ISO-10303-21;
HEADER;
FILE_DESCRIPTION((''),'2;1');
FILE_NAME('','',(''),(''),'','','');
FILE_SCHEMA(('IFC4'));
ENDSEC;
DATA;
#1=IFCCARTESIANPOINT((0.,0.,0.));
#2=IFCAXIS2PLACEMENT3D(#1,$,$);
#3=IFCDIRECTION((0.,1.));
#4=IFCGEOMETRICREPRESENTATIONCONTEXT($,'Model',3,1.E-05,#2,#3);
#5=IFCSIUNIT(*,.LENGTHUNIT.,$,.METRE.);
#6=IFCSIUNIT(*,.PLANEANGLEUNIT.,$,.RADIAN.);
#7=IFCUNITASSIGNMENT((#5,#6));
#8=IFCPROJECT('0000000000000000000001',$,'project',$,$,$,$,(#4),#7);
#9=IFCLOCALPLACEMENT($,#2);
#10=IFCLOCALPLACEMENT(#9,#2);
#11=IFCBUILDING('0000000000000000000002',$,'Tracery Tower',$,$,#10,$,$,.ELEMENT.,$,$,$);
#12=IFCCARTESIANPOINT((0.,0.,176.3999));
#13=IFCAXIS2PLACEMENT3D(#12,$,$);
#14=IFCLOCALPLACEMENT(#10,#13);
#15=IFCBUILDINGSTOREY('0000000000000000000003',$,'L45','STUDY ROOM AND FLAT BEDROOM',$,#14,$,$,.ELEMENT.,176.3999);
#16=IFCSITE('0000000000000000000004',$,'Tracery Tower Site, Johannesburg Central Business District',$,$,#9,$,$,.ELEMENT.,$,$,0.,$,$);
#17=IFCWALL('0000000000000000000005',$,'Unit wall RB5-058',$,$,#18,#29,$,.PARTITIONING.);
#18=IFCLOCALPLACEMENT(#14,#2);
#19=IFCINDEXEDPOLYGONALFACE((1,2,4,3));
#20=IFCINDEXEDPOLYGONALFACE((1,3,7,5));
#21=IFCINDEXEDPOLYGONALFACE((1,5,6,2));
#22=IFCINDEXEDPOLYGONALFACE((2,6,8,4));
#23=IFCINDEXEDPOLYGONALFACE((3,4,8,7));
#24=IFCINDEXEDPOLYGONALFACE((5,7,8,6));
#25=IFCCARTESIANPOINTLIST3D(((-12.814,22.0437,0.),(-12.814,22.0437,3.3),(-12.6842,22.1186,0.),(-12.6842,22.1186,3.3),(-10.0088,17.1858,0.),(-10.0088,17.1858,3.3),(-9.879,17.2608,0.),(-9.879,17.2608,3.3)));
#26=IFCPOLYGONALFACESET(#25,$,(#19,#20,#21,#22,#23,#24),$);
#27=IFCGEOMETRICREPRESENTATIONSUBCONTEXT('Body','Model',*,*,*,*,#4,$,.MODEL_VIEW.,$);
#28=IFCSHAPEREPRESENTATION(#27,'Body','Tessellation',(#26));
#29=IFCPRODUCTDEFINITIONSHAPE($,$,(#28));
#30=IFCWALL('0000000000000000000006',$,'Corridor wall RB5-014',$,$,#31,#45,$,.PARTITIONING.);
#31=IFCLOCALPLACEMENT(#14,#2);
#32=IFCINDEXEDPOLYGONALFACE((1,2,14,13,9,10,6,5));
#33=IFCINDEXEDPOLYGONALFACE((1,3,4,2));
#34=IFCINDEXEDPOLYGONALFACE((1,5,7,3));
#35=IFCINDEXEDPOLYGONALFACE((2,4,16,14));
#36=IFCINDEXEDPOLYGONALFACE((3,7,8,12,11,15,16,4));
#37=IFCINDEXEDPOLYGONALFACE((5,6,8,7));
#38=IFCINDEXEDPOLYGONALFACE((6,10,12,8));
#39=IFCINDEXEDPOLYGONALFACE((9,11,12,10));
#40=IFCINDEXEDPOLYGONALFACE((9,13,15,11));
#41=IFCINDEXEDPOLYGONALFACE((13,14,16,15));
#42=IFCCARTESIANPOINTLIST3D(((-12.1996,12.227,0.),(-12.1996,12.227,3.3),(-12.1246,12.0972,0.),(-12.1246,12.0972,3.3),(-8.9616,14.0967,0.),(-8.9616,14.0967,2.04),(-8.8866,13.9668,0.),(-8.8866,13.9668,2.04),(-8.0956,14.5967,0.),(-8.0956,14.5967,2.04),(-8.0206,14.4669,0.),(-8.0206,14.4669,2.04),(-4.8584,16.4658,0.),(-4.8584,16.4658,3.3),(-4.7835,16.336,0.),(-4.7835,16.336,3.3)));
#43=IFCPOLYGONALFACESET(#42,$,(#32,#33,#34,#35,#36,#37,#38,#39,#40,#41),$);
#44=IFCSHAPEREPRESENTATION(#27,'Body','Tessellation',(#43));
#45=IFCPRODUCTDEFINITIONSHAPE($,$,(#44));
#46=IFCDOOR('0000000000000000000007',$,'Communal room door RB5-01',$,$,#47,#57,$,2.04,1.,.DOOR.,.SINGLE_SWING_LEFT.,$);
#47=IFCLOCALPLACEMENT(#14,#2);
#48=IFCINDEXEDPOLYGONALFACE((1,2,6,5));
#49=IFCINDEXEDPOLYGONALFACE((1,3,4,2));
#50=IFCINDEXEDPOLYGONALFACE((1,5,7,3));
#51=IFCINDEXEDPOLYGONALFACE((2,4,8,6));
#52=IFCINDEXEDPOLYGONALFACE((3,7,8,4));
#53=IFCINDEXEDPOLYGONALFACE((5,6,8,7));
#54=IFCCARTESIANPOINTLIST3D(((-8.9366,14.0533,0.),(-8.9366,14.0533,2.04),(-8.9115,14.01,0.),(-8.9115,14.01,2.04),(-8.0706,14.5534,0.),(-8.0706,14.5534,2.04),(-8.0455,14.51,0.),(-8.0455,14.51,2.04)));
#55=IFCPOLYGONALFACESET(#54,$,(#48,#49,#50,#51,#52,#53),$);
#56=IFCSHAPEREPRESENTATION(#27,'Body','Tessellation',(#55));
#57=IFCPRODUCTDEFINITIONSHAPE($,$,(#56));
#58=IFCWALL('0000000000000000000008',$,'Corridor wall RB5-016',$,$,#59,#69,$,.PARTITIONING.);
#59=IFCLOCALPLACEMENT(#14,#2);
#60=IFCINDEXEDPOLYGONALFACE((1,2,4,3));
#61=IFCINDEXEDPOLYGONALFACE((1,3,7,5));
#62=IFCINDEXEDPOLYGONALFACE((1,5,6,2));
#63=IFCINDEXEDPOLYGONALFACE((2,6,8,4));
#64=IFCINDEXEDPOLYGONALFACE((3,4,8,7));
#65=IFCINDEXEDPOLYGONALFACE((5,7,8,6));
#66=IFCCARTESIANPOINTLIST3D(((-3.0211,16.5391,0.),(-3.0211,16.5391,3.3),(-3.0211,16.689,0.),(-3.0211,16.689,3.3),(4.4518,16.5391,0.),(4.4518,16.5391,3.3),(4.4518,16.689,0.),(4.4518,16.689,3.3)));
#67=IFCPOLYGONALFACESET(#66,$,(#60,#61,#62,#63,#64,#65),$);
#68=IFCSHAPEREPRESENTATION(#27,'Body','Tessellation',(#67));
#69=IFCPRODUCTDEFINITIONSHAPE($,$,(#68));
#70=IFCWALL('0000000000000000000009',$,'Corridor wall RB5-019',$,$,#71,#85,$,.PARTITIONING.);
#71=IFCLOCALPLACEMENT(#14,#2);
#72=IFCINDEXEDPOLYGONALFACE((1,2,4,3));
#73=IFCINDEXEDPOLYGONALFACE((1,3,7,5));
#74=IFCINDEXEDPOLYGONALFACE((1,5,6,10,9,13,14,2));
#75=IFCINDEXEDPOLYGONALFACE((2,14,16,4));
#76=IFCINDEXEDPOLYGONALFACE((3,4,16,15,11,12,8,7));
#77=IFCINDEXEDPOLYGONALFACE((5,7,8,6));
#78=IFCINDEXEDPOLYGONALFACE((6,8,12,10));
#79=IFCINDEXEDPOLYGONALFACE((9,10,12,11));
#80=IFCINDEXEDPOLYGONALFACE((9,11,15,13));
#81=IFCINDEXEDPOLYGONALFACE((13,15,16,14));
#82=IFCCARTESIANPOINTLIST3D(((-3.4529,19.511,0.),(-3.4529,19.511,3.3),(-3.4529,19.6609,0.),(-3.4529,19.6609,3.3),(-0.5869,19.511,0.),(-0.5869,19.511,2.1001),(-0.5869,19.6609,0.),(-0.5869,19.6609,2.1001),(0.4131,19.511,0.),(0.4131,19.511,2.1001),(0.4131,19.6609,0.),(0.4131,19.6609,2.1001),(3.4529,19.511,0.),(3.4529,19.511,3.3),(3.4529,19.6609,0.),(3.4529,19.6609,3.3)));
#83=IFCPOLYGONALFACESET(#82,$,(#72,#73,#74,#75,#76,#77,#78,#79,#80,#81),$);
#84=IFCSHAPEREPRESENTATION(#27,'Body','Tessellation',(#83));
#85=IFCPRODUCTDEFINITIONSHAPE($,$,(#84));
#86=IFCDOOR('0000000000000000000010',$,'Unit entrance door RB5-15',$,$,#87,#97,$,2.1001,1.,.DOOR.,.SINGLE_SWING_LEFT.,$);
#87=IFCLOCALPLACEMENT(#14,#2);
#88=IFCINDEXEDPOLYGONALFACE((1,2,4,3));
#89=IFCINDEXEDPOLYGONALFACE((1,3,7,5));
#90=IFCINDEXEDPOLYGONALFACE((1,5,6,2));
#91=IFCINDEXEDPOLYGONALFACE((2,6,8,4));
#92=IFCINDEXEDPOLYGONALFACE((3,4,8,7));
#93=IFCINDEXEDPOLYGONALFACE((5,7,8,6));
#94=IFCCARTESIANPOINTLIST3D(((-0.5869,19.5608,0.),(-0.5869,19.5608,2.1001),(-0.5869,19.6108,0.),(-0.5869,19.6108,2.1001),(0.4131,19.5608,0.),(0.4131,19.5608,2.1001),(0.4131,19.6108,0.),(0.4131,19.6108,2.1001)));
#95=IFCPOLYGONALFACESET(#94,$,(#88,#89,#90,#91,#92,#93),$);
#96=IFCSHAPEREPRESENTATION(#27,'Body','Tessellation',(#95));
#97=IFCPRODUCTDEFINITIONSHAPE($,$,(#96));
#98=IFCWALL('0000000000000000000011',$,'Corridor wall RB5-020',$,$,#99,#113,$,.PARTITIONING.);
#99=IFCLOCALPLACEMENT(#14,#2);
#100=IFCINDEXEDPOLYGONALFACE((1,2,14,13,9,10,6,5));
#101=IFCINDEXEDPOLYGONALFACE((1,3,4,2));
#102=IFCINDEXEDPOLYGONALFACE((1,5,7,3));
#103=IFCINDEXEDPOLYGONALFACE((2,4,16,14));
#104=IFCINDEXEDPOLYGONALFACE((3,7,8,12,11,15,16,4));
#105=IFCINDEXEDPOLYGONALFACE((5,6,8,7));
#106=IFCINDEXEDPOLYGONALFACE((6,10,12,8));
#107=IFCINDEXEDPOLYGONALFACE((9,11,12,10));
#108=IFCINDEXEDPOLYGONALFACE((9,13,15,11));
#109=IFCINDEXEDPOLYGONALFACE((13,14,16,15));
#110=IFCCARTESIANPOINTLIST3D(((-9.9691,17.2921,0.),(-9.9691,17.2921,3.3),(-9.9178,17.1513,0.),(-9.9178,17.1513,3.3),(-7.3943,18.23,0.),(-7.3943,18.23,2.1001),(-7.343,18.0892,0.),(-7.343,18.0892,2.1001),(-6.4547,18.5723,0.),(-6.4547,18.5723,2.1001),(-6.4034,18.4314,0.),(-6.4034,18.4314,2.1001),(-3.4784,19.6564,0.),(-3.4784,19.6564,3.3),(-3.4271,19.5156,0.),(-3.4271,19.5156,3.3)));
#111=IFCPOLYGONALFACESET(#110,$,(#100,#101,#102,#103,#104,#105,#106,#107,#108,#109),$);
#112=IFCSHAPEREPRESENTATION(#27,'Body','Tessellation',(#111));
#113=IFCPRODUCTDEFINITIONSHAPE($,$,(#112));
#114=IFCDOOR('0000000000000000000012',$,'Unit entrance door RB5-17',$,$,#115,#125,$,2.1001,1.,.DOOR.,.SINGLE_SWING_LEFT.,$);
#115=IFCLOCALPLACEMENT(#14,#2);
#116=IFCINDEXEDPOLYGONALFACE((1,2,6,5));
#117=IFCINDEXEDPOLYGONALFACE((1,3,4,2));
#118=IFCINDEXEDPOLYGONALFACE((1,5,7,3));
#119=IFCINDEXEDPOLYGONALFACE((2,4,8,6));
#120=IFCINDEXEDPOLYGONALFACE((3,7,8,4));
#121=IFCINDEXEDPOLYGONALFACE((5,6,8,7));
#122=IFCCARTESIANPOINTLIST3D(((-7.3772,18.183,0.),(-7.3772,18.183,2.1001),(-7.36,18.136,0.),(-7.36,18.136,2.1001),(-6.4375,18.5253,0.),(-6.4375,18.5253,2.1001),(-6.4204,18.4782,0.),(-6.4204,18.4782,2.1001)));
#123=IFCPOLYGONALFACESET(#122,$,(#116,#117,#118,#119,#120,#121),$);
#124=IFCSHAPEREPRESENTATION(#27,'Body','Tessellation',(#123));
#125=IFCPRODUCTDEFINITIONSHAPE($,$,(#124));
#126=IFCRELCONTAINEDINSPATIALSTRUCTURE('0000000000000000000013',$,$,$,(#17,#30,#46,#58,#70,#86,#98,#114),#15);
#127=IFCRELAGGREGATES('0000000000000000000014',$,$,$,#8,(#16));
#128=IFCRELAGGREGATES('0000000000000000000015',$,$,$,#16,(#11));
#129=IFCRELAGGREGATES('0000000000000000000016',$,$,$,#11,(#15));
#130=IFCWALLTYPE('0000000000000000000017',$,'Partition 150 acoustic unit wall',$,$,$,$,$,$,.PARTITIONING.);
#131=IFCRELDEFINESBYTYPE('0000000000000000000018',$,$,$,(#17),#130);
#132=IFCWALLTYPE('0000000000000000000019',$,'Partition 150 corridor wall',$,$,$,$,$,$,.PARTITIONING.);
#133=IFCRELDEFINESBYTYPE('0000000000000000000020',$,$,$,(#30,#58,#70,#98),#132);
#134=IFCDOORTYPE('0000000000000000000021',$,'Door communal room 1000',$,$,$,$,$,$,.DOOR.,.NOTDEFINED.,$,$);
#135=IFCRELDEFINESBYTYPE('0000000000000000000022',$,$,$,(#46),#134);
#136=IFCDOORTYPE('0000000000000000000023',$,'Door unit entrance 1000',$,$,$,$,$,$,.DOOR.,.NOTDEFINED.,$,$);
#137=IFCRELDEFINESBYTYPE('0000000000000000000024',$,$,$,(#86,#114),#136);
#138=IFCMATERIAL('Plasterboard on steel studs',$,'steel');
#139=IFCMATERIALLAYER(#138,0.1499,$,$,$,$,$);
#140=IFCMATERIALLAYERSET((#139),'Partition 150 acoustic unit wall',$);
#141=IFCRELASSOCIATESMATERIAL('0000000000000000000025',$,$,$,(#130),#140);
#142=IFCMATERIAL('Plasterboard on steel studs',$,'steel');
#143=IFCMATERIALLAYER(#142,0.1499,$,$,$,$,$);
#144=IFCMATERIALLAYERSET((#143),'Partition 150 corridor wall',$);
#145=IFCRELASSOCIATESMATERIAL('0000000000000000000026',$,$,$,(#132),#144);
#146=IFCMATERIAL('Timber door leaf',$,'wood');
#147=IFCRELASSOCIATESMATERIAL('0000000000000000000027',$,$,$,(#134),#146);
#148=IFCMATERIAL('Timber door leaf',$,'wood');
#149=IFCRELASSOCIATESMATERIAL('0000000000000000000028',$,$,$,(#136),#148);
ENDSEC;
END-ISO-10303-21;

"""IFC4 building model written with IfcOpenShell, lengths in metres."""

from ifc_helpers import new_model, si_unit, direction, frame, frame_2d, origin, place, context, subcontext, project, spatial, rectangle, extrude, material, layer, layer_set, type_object, element, fill, save


model = new_model("IFC4")

# Units and contexts
model_context = context("Model", 3, precision=1e-05, world=origin(), true_north=direction((0.0, 1.0)))
body_context = subcontext(model_context, "Body", "Model", "MODEL_VIEW")
ifc_project = project(units=[si_unit("LENGTHUNIT", "METRE"), si_unit("PLANEANGLEUNIT", "RADIAN")], contexts=[model_context])

# Site, building, storey
site_placement = place(None, origin())
site = spatial("IfcSite", under=ifc_project, at=site_placement, Name="Tracery Tower Site, Johannesburg Central Business District", CompositionType="ELEMENT", RefElevation=0.0)
building_placement = place(site_placement, origin())
building = spatial("IfcBuilding", under=site, at=building_placement, Name="Tracery Tower", CompositionType="ELEMENT")
storey_placement = place(building_placement, frame((0.0, 0.0, 176.3999)))
storey = spatial("IfcBuildingStorey", under=building, at=storey_placement, Name="L45", Description="STUDY ROOM AND FLAT BEDROOM", CompositionType="ELEMENT", Elevation=176.3999)

# Wall
ifc_material_1 = material(Name="Plasterboard on steel studs", Category="steel")
ifc_layer_1 = layer(ifc_material_1, 0.1499)
ifc_layer_set_1 = layer_set([ifc_layer_1], Name="Partition 150 acoustic unit wall")
wall_type_1 = type_object("IfcWallType", Name="Partition 150 acoustic unit wall", PredefinedType="PARTITIONING", material=ifc_layer_set_1)
wall_1_placement = place(storey_placement, frame((-12.749, 22.0811, 0.0), z_axis=(0.0, 0.0, 1.0), x_axis=(0.500062, -0.86599, 0.0)))
element("IfcWall", 1, at=wall_1_placement, inside=storey, type_object=wall_type_1, Name="Unit wall RB5-058", PredefinedType="PARTITIONING", context=body_context, shape_type="SweptSolid", body=[
    extrude(rectangle(XDim=5.6096, YDim=0.1499, at=frame_2d((2.8047, 0.0))), origin(), (0.0, 0.0, 1.0), 3.3),
])

# Wall, opening, door
ifc_material_2 = material(Name="Plasterboard on steel studs", Category="steel")
ifc_layer_2 = layer(ifc_material_2, 0.1499)
ifc_layer_set_2 = layer_set([ifc_layer_2], Name="Partition 150 corridor wall")
wall_type_2 = type_object("IfcWallType", Name="Partition 150 corridor wall", PredefinedType="PARTITIONING", material=ifc_layer_set_2)
wall_2_placement = place(storey_placement, frame((-12.1621, 12.1621, 0.0), z_axis=(0.0, 0.0, 1.0), x_axis=(0.866005, 0.500036, 0.0)))
wall_2 = element("IfcWall", 2, at=wall_2_placement, inside=storey, type_object=wall_type_2, Name="Corridor wall RB5-014", PredefinedType="PARTITIONING", context=body_context, shape_type="SweptSolid", body=[
    extrude(rectangle(XDim=8.4771, YDim=0.1499, at=frame_2d((4.2385, 0.0))), origin(), (0.0, 0.0, 1.0), 3.3),
])
opening_1_placement = place(wall_2_placement, frame((3.739, 0.0, 0.0)))
opening_1 = element("IfcOpeningElement", 3, at=opening_1_placement, cuts=wall_2, PredefinedType="OPENING", context=body_context, shape_type="SweptSolid", body=[
    extrude(rectangle(XDim=1.0, YDim=2.04, at=frame_2d((0.5, 1.02))), frame((0.0, 0.075, 0.0), z_axis=(0.0, -1.0, 0.0), x_axis=(1.0, 0.0, 0.0)), (0.0, 0.0, 1.0), 0.1499),
])
ifc_material_3 = material(Name="Timber door leaf", Category="wood")
door_type_1 = type_object("IfcDoorType", Name="Door communal room 1000", OperationType="NOTDEFINED", PredefinedType="DOOR", material=ifc_material_3)
door_1_placement = place(opening_1_placement, origin())
door_1 = element("IfcDoor", 4, at=door_1_placement, inside=storey, type_object=door_type_1, Name="Communal room door RB5-01", OperationType="SINGLE_SWING_LEFT", OverallHeight=2.04, OverallWidth=1.0, PredefinedType="DOOR", context=body_context, shape_type="SweptSolid", body=[
    extrude(rectangle(XDim=1.0, YDim=2.04, at=frame_2d((0.5, 1.02))), frame((0.0, 0.0249, 0.0), z_axis=(0.0, -1.0, 0.0), x_axis=(1.0, 0.0, 0.0)), (0.0, 0.0, 1.0), 0.05),
])
fill(opening_1, door_1)

# Wall
wall_3_placement = place(storey_placement, frame((-3.021, 16.614, 0.0), z_axis=(0.0, 0.0, 1.0), x_axis=(1.0, 0.0, 0.0)))
element("IfcWall", 5, at=wall_3_placement, inside=storey, type_object=wall_type_2, Name="Corridor wall RB5-016", PredefinedType="PARTITIONING", context=body_context, shape_type="SweptSolid", body=[
    extrude(rectangle(XDim=7.4729, YDim=0.1499, at=frame_2d((3.7363, 0.0))), origin(), (0.0, 0.0, 1.0), 3.3),
])

# Walls, openings, doors
wall_4_placement = place(storey_placement, frame((-3.4529, 19.5859, 0.0), z_axis=(0.0, 0.0, 1.0), x_axis=(1.0, 0.0, 0.0)))
wall_4 = element("IfcWall", 6, at=wall_4_placement, inside=storey, type_object=wall_type_2, Name="Corridor wall RB5-019", PredefinedType="PARTITIONING", context=body_context, shape_type="SweptSolid", body=[
    extrude(rectangle(XDim=6.9058, YDim=0.1499, at=frame_2d((3.4529, 0.0))), origin(), (0.0, 0.0, 1.0), 3.3),
])
opening_2_placement = place(wall_4_placement, frame((2.866, 0.0, 0.0)))
opening_2 = element("IfcOpeningElement", 7, at=opening_2_placement, cuts=wall_4, PredefinedType="OPENING", context=body_context, shape_type="SweptSolid", body=[
    extrude(rectangle(XDim=1.0, YDim=2.1001, at=frame_2d((0.5, 1.05))), frame((0.0, 0.075, 0.0), z_axis=(0.0, -1.0, 0.0), x_axis=(1.0, 0.0, 0.0)), (0.0, 0.0, 1.0), 0.1499),
])
ifc_material_4 = material(Name="Timber door leaf", Category="wood")
door_type_2 = type_object("IfcDoorType", Name="Door unit entrance 1000", OperationType="NOTDEFINED", PredefinedType="DOOR", material=ifc_material_4)
door_2_placement = place(opening_2_placement, origin())
door_2 = element("IfcDoor", 8, at=door_2_placement, inside=storey, type_object=door_type_2, Name="Unit entrance door RB5-15", OperationType="SINGLE_SWING_LEFT", OverallHeight=2.1001, OverallWidth=1.0, PredefinedType="DOOR", context=body_context, shape_type="SweptSolid", body=[
    extrude(rectangle(XDim=1.0, YDim=2.1001, at=frame_2d((0.5, 1.05))), frame((0.0, 0.0249, 0.0), z_axis=(0.0, -1.0, 0.0), x_axis=(1.0, 0.0, 0.0)), (0.0, 0.0, 1.0), 0.05),
])
fill(opening_2, door_2)
wall_5_placement = place(storey_placement, frame((-9.9436, 17.2217, 0.0), z_axis=(0.0, 0.0, 1.0), x_axis=(0.939608, 0.342254, 0.0)))
wall_5 = element("IfcWall", 9, at=wall_5_placement, inside=storey, type_object=wall_type_2, Name="Corridor wall RB5-020", PredefinedType="PARTITIONING", context=body_context, shape_type="SweptSolid", body=[
    extrude(rectangle(XDim=6.908, YDim=0.1499, at=frame_2d((3.4541, 0.0))), origin(), (0.0, 0.0, 1.0), 3.3),
])
opening_3_placement = place(wall_5_placement, frame((2.7405, 0.0, 0.0)))
opening_3 = element("IfcOpeningElement", 10, at=opening_3_placement, cuts=wall_5, PredefinedType="OPENING", context=body_context, shape_type="SweptSolid", body=[
    extrude(rectangle(XDim=1.0, YDim=2.1001, at=frame_2d((0.5, 1.05))), frame((0.0, 0.075, 0.0), z_axis=(0.0, -1.0, 0.0), x_axis=(1.0, 0.0, 0.0)), (0.0, 0.0, 1.0), 0.1499),
])
door_3_placement = place(opening_3_placement, origin())
door_3 = element("IfcDoor", 11, at=door_3_placement, inside=storey, type_object=door_type_2, Name="Unit entrance door RB5-17", OperationType="SINGLE_SWING_LEFT", OverallHeight=2.1001, OverallWidth=1.0, PredefinedType="DOOR", context=body_context, shape_type="SweptSolid", body=[
    extrude(rectangle(XDim=1.0, YDim=2.1001, at=frame_2d((0.5, 1.05))), frame((0.0, 0.0249, 0.0), z_axis=(0.0, -1.0, 0.0), x_axis=(1.0, 0.0, 0.0)), (0.0, 0.0, 1.0), 0.05),
])
fill(opening_3, door_3)

save(model, "model.ifc")
